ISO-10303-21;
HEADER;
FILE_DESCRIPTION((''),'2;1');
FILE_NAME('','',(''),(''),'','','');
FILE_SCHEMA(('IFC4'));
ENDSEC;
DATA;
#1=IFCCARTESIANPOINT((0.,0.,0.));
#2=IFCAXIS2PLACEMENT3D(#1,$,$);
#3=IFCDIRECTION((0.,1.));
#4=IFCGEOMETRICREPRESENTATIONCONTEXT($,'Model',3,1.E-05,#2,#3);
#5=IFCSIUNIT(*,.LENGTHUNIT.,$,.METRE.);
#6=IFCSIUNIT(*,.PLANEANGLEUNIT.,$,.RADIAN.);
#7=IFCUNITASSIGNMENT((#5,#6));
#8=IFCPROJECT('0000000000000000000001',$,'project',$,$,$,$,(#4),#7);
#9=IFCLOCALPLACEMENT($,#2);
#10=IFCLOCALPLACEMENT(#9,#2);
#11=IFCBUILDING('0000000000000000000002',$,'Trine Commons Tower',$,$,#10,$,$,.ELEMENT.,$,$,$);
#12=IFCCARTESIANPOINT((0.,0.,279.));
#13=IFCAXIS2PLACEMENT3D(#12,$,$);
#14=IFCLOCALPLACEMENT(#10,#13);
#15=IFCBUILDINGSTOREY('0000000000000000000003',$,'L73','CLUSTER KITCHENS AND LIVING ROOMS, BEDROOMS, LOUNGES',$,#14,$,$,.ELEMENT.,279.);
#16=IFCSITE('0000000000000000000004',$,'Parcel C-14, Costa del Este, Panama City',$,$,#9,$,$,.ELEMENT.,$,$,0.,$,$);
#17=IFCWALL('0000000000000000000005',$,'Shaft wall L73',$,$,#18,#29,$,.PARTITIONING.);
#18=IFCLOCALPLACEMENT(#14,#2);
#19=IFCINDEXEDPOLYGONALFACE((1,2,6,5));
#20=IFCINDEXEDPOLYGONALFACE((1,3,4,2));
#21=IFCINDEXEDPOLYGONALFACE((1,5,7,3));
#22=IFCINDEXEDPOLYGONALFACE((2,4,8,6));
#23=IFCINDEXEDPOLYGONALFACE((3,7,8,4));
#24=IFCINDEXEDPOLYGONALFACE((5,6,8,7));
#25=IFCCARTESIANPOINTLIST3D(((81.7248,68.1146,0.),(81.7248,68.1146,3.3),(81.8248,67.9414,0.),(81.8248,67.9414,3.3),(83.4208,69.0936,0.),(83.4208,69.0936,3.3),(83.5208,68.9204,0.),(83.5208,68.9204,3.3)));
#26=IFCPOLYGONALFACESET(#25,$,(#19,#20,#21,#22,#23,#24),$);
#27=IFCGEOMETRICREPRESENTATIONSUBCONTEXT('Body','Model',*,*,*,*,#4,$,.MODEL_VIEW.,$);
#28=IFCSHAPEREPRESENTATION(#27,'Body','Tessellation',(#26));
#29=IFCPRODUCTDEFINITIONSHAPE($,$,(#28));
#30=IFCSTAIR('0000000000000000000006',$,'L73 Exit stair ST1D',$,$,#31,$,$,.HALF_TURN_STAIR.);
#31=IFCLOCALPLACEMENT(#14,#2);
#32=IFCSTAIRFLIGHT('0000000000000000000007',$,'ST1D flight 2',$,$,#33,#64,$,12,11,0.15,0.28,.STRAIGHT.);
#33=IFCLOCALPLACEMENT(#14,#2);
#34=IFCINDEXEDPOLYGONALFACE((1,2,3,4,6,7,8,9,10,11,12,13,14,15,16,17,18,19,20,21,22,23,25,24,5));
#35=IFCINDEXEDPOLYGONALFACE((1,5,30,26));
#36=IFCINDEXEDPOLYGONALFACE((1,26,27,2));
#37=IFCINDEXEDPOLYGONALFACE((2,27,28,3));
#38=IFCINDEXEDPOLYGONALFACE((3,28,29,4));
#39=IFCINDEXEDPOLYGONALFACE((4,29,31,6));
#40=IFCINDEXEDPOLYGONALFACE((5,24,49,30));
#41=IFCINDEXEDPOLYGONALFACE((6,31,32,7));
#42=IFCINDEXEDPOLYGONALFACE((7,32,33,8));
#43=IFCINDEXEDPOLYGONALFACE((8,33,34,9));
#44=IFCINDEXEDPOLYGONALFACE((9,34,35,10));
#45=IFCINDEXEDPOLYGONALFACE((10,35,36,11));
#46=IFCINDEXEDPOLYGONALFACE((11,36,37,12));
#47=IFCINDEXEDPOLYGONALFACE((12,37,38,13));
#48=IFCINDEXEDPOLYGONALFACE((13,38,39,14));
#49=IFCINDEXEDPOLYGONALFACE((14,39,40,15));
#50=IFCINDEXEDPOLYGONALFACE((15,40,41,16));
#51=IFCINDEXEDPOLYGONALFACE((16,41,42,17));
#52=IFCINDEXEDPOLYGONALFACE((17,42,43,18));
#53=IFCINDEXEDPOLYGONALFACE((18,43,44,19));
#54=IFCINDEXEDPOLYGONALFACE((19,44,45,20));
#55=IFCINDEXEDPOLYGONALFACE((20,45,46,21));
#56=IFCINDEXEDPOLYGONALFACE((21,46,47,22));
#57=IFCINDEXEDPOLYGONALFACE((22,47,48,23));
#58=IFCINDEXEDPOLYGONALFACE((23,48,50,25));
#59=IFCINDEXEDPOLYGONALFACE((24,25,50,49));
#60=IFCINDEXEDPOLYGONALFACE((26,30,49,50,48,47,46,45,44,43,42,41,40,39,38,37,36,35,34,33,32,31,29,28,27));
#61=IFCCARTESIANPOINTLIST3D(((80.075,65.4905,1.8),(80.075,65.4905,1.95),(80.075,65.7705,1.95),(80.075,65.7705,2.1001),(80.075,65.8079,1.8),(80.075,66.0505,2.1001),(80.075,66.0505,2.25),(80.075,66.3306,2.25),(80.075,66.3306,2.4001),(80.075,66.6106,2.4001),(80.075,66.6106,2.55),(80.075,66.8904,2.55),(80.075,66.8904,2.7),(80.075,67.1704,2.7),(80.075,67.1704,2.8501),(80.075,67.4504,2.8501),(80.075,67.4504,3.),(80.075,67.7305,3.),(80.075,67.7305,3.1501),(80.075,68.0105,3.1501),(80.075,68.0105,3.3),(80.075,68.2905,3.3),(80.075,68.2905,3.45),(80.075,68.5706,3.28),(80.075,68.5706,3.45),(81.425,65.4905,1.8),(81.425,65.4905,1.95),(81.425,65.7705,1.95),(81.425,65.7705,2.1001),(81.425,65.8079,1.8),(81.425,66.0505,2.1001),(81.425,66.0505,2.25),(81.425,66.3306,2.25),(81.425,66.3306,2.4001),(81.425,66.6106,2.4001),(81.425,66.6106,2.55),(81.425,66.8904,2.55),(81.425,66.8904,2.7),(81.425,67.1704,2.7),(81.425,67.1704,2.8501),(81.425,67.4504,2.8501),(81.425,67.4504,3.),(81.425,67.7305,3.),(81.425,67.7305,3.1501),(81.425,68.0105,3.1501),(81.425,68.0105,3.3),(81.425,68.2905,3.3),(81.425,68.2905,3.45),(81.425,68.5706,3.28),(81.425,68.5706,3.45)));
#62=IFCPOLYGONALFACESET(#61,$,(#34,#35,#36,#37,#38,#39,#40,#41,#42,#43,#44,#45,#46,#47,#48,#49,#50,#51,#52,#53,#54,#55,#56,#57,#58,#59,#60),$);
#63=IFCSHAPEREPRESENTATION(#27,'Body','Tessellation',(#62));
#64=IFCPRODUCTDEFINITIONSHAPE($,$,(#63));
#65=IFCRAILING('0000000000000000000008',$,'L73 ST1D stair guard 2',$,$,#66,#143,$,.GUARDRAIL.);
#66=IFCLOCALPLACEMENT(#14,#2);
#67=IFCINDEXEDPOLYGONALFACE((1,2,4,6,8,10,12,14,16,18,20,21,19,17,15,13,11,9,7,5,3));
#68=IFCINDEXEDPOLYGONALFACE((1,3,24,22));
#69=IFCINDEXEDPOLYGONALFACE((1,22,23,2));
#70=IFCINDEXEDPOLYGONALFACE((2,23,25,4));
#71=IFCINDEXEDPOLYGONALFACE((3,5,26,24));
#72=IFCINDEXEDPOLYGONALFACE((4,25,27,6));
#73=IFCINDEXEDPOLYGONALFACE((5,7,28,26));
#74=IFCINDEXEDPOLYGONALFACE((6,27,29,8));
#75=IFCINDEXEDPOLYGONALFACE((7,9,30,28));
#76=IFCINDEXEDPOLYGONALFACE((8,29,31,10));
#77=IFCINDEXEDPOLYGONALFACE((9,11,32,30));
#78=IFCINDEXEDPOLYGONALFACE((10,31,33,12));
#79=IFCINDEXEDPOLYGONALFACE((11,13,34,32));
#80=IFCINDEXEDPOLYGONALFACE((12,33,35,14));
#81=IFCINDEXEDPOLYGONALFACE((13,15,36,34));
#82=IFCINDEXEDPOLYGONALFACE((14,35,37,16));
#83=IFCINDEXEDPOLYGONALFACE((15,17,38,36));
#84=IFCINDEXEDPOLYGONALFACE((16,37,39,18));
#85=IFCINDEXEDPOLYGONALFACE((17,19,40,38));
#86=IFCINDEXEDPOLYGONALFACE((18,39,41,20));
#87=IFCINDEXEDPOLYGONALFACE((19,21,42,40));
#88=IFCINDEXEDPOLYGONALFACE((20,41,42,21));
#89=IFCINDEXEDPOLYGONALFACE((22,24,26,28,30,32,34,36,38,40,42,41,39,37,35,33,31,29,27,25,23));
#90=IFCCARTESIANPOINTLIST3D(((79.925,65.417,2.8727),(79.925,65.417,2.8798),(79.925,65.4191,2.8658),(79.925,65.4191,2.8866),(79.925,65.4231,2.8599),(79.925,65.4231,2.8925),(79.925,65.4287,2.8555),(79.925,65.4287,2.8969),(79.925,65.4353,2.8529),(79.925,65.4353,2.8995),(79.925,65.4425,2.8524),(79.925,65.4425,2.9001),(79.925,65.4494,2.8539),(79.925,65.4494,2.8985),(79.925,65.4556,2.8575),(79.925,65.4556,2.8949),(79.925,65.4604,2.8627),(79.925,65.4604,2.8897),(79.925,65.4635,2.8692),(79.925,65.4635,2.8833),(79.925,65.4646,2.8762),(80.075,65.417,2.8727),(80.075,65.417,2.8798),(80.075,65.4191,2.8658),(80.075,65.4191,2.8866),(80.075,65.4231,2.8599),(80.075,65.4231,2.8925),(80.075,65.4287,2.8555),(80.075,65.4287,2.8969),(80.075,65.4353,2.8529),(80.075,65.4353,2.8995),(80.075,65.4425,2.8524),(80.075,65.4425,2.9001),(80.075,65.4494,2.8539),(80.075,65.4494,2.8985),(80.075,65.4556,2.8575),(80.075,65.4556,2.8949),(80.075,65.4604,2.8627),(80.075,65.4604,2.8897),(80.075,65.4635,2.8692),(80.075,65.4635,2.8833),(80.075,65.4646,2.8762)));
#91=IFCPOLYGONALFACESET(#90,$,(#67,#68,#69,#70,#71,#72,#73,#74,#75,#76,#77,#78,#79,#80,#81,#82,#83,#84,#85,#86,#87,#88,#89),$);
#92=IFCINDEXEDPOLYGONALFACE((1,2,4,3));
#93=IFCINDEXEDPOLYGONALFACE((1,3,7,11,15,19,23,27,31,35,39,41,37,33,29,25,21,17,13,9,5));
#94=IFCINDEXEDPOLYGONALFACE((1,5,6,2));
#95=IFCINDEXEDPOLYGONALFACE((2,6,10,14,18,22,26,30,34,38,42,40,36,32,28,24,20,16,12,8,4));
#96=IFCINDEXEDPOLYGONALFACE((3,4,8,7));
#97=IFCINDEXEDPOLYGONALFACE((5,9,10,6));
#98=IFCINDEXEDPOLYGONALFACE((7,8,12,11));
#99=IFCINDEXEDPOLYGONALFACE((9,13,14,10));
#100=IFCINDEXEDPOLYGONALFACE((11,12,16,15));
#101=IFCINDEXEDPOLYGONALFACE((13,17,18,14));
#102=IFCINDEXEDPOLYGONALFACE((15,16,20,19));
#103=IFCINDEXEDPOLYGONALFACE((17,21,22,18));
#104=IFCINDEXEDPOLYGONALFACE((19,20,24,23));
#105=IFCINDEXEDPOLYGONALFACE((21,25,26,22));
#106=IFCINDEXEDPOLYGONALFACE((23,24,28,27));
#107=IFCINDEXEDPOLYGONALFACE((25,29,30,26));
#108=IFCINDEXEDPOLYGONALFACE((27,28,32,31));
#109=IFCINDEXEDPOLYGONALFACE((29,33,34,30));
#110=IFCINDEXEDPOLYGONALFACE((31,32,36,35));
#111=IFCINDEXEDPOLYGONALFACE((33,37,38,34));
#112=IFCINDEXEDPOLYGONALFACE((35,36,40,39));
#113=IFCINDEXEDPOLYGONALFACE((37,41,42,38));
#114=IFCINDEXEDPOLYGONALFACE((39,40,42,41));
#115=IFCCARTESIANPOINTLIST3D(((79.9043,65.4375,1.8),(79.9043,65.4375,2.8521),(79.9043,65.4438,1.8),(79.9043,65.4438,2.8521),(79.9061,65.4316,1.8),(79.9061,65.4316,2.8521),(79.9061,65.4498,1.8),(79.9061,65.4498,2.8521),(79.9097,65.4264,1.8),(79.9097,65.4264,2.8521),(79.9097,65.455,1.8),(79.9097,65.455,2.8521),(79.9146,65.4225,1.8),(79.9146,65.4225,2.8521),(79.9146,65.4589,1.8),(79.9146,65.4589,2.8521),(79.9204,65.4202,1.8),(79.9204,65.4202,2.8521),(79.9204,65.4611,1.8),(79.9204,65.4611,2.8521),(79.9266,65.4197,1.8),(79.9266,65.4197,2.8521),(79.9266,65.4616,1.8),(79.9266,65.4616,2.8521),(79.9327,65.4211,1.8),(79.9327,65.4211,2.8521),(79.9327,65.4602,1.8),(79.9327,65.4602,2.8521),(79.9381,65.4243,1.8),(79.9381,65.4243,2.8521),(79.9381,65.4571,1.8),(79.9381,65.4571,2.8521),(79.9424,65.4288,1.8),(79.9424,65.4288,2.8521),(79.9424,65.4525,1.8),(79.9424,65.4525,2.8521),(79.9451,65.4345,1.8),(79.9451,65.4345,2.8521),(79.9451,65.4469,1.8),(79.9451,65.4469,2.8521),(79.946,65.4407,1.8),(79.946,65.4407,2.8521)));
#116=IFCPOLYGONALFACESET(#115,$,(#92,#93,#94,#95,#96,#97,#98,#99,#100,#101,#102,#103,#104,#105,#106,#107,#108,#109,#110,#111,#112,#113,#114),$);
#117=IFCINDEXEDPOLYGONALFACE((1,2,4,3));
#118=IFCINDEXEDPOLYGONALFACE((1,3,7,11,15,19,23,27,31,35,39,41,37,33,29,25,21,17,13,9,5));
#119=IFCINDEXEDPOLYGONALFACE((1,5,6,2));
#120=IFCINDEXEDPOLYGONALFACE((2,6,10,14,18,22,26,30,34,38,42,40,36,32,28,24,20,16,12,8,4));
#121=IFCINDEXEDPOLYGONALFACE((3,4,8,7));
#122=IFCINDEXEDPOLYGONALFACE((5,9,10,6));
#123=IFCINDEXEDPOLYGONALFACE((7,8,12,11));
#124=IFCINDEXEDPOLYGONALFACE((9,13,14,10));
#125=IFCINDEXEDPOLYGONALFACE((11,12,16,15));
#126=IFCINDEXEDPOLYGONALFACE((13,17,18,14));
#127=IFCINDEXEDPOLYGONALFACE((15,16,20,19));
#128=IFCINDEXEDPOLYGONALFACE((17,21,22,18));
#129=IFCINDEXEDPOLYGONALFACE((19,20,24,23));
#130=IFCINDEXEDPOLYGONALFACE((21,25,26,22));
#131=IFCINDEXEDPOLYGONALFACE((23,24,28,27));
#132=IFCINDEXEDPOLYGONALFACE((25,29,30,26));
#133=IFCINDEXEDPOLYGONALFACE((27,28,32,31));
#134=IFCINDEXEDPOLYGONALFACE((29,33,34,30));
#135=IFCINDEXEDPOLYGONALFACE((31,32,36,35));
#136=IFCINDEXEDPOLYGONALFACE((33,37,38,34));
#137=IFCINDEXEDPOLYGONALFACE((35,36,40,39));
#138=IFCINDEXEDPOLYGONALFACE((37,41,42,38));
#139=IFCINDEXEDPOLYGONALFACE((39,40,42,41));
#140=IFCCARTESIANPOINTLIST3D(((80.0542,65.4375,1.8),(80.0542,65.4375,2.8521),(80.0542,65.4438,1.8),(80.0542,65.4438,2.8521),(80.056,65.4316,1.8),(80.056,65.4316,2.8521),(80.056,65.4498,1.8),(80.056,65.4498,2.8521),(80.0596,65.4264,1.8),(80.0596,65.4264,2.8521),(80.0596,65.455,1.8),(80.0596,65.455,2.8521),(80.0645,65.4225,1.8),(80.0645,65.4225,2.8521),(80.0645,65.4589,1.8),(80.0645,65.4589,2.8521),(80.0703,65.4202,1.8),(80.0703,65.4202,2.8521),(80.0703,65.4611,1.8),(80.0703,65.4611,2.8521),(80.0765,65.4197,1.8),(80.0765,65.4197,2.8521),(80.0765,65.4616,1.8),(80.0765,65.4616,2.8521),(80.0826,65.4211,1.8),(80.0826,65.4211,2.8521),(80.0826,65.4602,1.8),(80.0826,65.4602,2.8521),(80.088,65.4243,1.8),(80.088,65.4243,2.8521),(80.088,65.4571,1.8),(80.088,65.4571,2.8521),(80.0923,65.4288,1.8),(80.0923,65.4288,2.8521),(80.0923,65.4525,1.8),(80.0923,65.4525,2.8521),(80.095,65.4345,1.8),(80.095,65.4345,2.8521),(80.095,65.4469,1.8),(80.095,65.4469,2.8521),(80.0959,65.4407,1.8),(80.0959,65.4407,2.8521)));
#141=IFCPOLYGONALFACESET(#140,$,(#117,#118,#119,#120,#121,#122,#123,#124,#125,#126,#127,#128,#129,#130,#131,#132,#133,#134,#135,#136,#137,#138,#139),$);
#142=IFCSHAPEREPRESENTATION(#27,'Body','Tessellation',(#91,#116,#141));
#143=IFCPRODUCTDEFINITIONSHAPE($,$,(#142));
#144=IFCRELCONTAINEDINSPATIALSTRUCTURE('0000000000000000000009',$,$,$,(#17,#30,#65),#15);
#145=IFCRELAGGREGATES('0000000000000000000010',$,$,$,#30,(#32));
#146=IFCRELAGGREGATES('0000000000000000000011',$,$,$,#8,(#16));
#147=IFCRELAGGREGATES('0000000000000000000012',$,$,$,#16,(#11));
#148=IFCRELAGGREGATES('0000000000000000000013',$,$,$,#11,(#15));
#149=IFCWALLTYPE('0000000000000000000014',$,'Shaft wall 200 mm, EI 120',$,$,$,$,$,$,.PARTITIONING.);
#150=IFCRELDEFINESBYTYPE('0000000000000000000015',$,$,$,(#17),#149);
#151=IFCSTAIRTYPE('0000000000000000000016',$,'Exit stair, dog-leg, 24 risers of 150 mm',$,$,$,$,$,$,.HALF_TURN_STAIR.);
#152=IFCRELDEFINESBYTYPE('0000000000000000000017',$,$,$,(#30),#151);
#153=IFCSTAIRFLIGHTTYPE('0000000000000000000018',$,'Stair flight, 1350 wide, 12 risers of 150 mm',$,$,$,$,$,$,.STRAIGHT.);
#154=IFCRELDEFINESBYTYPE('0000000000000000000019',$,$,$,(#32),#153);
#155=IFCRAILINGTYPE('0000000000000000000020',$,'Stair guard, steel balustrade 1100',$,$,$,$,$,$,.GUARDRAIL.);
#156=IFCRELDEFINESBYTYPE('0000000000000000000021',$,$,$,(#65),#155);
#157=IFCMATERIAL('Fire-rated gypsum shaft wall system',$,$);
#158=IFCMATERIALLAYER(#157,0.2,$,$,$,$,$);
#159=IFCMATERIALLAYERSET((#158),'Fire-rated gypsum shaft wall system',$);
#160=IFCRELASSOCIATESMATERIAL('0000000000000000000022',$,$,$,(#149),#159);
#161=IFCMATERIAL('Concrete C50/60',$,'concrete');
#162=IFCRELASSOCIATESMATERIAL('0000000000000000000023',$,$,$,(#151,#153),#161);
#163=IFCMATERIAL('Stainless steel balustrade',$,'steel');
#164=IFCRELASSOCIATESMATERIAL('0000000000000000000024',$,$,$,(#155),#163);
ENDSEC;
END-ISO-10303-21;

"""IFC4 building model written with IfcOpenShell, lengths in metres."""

from ifc_helpers import new_model, si_unit, direction, frame, frame_2d, origin, origin_2d, place, context, subcontext, project, spatial, polyline, rectangle, circle, outline, extrude, material, layer, layer_set, type_object, element, aggregate, save


model = new_model("IFC4")

# Units and contexts
model_context = context("Model", 3, precision=1e-05, world=origin(), true_north=direction((0.0, 1.0)))
body_context = subcontext(model_context, "Body", "Model", "MODEL_VIEW")
ifc_project = project(units=[si_unit("LENGTHUNIT", "METRE"), si_unit("PLANEANGLEUNIT", "RADIAN")], contexts=[model_context])

# Site, building, storey
site_placement = place(None, origin())
site = spatial("IfcSite", under=ifc_project, at=site_placement, Name="Parcel C-14, Costa del Este, Panama City", CompositionType="ELEMENT", RefElevation=0.0)
building_placement = place(site_placement, origin())
building = spatial("IfcBuilding", under=site, at=building_placement, Name="Trine Commons Tower", CompositionType="ELEMENT")
storey_placement = place(building_placement, frame((0.0, 0.0, 279.0)))
storey = spatial("IfcBuildingStorey", under=building, at=storey_placement, Name="L73", Description="CLUSTER KITCHENS AND LIVING ROOMS, BEDROOMS, LOUNGES", CompositionType="ELEMENT", Elevation=279.0)

# Shared definitions
ifc_material_1 = material(Name="Concrete C50/60", Category="concrete")

# Wall
ifc_material_2 = material(Name="Fire-rated gypsum shaft wall system")
ifc_layer_1 = layer(ifc_material_2, 0.2)
ifc_layer_set_1 = layer_set([ifc_layer_1], Name="Fire-rated gypsum shaft wall system")
wall_type_1 = type_object("IfcWallType", Name="Shaft wall 200 mm, EI 120", PredefinedType="PARTITIONING", material=ifc_layer_set_1)
wall_1_placement = place(storey_placement, frame((81.7749, 68.0281, 0.0), z_axis=(0.0, 0.0, 1.0), x_axis=(0.866071, 0.49992, 0.0)))
element("IfcWall", 1, at=wall_1_placement, inside=storey, type_object=wall_type_1, Name="Shaft wall L73", PredefinedType="PARTITIONING", context=body_context, shape_type="SweptSolid", body=[
    extrude(rectangle(XDim=1.9583, YDim=0.2, at=frame_2d((0.979, 0.0))), origin(), (0.0, 0.0, 1.0), 3.3),
])

# Stair, stair flight
stair_type = type_object("IfcStairType", Name="Exit stair, dog-leg, 24 risers of 150 mm", PredefinedType="HALF_TURN_STAIR", material=ifc_material_1)
stair_placement = place(storey_placement, origin())
stair = element("IfcStair", 2, at=stair_placement, inside=storey, type_object=stair_type, Name="L73 Exit stair ST1D", PredefinedType="HALF_TURN_STAIR")
stair_flight_type = type_object("IfcStairFlightType", Name="Stair flight, 1350 wide, 12 risers of 150 mm", PredefinedType="STRAIGHT", material=ifc_material_1)
stair_flight_placement = place(storey_placement, frame((80.75, 65.4905, 1.8), z_axis=(0.0, 0.0, 1.0), x_axis=(0.0, 1.0, 0.0)))
stair_flight = element("IfcStairFlight", 3, at=stair_flight_placement, type_object=stair_flight_type, Name="ST1D flight 2", NumberOfRisers=12, NumberOfTreads=11, PredefinedType="STRAIGHT", RiserHeight=0.15, TreadLength=0.28, context=body_context, shape_type="SweptSolid", body=[
    extrude(outline(polyline([(0.0, 0.0), (0.0, 0.1499), (0.28, 0.1499), (0.28, 0.3), (0.5601, 0.3), (0.5601, 0.45), (0.8401, 0.45), (0.8401, 0.6001), (1.1201, 0.6001), (1.1201, 0.75), (1.3999, 0.75), (1.3999, 0.8999), (1.6799, 0.8999), (1.6799, 1.05), (1.96, 1.05), (1.96, 1.2), (2.24, 1.2), (2.24, 1.3501), (2.52, 1.3501), (2.52, 1.5), (2.8, 1.5), (2.8, 1.6499), (3.0801, 1.6499), (3.0801, 1.8), (3.0801, 1.48), (0.3174, 0.0), (0.0, 0.0)])), frame((0.0, 0.675, 0.0), z_axis=(0.0, -1.0, 0.0), x_axis=(1.0, 0.0, 0.0)), (0.0, 0.0, 1.0), 1.3501),
])
aggregate(stair, [stair_flight])

# Railing
ifc_material_3 = material(Name="Stainless steel balustrade", Category="steel")
railing_type_1 = type_object("IfcRailingType", Name="Stair guard, steel balustrade 1100", PredefinedType="GUARDRAIL", material=ifc_material_3)
railing_1_placement = place(storey_placement, frame((79.925, 65.4407, 1.8)))
element("IfcRailing", 4, at=railing_1_placement, inside=storey, type_object=railing_type_1, Name="L73 ST1D stair guard 2", PredefinedType="GUARDRAIL", context=body_context, shape_type="SweptSolid", body=[
    extrude(circle(Radius=0.0239, at=origin_2d()), frame((0.0, 0.0, 1.0762), z_axis=(1.0, 0.0, 0.0), x_axis=(0.0, 1.0, 0.0)), (0.0, 0.0, 1.0), 0.1499),
    extrude(circle(Radius=0.021, at=origin_2d()), origin(), (0.0, 0.0, 1.0), 1.052),
    extrude(circle(Radius=0.021, at=origin_2d()), frame((0.1499, 0.0, 0.0)), (0.0, 0.0, 1.0), 1.052),
])

save(model, "model.ifc")
